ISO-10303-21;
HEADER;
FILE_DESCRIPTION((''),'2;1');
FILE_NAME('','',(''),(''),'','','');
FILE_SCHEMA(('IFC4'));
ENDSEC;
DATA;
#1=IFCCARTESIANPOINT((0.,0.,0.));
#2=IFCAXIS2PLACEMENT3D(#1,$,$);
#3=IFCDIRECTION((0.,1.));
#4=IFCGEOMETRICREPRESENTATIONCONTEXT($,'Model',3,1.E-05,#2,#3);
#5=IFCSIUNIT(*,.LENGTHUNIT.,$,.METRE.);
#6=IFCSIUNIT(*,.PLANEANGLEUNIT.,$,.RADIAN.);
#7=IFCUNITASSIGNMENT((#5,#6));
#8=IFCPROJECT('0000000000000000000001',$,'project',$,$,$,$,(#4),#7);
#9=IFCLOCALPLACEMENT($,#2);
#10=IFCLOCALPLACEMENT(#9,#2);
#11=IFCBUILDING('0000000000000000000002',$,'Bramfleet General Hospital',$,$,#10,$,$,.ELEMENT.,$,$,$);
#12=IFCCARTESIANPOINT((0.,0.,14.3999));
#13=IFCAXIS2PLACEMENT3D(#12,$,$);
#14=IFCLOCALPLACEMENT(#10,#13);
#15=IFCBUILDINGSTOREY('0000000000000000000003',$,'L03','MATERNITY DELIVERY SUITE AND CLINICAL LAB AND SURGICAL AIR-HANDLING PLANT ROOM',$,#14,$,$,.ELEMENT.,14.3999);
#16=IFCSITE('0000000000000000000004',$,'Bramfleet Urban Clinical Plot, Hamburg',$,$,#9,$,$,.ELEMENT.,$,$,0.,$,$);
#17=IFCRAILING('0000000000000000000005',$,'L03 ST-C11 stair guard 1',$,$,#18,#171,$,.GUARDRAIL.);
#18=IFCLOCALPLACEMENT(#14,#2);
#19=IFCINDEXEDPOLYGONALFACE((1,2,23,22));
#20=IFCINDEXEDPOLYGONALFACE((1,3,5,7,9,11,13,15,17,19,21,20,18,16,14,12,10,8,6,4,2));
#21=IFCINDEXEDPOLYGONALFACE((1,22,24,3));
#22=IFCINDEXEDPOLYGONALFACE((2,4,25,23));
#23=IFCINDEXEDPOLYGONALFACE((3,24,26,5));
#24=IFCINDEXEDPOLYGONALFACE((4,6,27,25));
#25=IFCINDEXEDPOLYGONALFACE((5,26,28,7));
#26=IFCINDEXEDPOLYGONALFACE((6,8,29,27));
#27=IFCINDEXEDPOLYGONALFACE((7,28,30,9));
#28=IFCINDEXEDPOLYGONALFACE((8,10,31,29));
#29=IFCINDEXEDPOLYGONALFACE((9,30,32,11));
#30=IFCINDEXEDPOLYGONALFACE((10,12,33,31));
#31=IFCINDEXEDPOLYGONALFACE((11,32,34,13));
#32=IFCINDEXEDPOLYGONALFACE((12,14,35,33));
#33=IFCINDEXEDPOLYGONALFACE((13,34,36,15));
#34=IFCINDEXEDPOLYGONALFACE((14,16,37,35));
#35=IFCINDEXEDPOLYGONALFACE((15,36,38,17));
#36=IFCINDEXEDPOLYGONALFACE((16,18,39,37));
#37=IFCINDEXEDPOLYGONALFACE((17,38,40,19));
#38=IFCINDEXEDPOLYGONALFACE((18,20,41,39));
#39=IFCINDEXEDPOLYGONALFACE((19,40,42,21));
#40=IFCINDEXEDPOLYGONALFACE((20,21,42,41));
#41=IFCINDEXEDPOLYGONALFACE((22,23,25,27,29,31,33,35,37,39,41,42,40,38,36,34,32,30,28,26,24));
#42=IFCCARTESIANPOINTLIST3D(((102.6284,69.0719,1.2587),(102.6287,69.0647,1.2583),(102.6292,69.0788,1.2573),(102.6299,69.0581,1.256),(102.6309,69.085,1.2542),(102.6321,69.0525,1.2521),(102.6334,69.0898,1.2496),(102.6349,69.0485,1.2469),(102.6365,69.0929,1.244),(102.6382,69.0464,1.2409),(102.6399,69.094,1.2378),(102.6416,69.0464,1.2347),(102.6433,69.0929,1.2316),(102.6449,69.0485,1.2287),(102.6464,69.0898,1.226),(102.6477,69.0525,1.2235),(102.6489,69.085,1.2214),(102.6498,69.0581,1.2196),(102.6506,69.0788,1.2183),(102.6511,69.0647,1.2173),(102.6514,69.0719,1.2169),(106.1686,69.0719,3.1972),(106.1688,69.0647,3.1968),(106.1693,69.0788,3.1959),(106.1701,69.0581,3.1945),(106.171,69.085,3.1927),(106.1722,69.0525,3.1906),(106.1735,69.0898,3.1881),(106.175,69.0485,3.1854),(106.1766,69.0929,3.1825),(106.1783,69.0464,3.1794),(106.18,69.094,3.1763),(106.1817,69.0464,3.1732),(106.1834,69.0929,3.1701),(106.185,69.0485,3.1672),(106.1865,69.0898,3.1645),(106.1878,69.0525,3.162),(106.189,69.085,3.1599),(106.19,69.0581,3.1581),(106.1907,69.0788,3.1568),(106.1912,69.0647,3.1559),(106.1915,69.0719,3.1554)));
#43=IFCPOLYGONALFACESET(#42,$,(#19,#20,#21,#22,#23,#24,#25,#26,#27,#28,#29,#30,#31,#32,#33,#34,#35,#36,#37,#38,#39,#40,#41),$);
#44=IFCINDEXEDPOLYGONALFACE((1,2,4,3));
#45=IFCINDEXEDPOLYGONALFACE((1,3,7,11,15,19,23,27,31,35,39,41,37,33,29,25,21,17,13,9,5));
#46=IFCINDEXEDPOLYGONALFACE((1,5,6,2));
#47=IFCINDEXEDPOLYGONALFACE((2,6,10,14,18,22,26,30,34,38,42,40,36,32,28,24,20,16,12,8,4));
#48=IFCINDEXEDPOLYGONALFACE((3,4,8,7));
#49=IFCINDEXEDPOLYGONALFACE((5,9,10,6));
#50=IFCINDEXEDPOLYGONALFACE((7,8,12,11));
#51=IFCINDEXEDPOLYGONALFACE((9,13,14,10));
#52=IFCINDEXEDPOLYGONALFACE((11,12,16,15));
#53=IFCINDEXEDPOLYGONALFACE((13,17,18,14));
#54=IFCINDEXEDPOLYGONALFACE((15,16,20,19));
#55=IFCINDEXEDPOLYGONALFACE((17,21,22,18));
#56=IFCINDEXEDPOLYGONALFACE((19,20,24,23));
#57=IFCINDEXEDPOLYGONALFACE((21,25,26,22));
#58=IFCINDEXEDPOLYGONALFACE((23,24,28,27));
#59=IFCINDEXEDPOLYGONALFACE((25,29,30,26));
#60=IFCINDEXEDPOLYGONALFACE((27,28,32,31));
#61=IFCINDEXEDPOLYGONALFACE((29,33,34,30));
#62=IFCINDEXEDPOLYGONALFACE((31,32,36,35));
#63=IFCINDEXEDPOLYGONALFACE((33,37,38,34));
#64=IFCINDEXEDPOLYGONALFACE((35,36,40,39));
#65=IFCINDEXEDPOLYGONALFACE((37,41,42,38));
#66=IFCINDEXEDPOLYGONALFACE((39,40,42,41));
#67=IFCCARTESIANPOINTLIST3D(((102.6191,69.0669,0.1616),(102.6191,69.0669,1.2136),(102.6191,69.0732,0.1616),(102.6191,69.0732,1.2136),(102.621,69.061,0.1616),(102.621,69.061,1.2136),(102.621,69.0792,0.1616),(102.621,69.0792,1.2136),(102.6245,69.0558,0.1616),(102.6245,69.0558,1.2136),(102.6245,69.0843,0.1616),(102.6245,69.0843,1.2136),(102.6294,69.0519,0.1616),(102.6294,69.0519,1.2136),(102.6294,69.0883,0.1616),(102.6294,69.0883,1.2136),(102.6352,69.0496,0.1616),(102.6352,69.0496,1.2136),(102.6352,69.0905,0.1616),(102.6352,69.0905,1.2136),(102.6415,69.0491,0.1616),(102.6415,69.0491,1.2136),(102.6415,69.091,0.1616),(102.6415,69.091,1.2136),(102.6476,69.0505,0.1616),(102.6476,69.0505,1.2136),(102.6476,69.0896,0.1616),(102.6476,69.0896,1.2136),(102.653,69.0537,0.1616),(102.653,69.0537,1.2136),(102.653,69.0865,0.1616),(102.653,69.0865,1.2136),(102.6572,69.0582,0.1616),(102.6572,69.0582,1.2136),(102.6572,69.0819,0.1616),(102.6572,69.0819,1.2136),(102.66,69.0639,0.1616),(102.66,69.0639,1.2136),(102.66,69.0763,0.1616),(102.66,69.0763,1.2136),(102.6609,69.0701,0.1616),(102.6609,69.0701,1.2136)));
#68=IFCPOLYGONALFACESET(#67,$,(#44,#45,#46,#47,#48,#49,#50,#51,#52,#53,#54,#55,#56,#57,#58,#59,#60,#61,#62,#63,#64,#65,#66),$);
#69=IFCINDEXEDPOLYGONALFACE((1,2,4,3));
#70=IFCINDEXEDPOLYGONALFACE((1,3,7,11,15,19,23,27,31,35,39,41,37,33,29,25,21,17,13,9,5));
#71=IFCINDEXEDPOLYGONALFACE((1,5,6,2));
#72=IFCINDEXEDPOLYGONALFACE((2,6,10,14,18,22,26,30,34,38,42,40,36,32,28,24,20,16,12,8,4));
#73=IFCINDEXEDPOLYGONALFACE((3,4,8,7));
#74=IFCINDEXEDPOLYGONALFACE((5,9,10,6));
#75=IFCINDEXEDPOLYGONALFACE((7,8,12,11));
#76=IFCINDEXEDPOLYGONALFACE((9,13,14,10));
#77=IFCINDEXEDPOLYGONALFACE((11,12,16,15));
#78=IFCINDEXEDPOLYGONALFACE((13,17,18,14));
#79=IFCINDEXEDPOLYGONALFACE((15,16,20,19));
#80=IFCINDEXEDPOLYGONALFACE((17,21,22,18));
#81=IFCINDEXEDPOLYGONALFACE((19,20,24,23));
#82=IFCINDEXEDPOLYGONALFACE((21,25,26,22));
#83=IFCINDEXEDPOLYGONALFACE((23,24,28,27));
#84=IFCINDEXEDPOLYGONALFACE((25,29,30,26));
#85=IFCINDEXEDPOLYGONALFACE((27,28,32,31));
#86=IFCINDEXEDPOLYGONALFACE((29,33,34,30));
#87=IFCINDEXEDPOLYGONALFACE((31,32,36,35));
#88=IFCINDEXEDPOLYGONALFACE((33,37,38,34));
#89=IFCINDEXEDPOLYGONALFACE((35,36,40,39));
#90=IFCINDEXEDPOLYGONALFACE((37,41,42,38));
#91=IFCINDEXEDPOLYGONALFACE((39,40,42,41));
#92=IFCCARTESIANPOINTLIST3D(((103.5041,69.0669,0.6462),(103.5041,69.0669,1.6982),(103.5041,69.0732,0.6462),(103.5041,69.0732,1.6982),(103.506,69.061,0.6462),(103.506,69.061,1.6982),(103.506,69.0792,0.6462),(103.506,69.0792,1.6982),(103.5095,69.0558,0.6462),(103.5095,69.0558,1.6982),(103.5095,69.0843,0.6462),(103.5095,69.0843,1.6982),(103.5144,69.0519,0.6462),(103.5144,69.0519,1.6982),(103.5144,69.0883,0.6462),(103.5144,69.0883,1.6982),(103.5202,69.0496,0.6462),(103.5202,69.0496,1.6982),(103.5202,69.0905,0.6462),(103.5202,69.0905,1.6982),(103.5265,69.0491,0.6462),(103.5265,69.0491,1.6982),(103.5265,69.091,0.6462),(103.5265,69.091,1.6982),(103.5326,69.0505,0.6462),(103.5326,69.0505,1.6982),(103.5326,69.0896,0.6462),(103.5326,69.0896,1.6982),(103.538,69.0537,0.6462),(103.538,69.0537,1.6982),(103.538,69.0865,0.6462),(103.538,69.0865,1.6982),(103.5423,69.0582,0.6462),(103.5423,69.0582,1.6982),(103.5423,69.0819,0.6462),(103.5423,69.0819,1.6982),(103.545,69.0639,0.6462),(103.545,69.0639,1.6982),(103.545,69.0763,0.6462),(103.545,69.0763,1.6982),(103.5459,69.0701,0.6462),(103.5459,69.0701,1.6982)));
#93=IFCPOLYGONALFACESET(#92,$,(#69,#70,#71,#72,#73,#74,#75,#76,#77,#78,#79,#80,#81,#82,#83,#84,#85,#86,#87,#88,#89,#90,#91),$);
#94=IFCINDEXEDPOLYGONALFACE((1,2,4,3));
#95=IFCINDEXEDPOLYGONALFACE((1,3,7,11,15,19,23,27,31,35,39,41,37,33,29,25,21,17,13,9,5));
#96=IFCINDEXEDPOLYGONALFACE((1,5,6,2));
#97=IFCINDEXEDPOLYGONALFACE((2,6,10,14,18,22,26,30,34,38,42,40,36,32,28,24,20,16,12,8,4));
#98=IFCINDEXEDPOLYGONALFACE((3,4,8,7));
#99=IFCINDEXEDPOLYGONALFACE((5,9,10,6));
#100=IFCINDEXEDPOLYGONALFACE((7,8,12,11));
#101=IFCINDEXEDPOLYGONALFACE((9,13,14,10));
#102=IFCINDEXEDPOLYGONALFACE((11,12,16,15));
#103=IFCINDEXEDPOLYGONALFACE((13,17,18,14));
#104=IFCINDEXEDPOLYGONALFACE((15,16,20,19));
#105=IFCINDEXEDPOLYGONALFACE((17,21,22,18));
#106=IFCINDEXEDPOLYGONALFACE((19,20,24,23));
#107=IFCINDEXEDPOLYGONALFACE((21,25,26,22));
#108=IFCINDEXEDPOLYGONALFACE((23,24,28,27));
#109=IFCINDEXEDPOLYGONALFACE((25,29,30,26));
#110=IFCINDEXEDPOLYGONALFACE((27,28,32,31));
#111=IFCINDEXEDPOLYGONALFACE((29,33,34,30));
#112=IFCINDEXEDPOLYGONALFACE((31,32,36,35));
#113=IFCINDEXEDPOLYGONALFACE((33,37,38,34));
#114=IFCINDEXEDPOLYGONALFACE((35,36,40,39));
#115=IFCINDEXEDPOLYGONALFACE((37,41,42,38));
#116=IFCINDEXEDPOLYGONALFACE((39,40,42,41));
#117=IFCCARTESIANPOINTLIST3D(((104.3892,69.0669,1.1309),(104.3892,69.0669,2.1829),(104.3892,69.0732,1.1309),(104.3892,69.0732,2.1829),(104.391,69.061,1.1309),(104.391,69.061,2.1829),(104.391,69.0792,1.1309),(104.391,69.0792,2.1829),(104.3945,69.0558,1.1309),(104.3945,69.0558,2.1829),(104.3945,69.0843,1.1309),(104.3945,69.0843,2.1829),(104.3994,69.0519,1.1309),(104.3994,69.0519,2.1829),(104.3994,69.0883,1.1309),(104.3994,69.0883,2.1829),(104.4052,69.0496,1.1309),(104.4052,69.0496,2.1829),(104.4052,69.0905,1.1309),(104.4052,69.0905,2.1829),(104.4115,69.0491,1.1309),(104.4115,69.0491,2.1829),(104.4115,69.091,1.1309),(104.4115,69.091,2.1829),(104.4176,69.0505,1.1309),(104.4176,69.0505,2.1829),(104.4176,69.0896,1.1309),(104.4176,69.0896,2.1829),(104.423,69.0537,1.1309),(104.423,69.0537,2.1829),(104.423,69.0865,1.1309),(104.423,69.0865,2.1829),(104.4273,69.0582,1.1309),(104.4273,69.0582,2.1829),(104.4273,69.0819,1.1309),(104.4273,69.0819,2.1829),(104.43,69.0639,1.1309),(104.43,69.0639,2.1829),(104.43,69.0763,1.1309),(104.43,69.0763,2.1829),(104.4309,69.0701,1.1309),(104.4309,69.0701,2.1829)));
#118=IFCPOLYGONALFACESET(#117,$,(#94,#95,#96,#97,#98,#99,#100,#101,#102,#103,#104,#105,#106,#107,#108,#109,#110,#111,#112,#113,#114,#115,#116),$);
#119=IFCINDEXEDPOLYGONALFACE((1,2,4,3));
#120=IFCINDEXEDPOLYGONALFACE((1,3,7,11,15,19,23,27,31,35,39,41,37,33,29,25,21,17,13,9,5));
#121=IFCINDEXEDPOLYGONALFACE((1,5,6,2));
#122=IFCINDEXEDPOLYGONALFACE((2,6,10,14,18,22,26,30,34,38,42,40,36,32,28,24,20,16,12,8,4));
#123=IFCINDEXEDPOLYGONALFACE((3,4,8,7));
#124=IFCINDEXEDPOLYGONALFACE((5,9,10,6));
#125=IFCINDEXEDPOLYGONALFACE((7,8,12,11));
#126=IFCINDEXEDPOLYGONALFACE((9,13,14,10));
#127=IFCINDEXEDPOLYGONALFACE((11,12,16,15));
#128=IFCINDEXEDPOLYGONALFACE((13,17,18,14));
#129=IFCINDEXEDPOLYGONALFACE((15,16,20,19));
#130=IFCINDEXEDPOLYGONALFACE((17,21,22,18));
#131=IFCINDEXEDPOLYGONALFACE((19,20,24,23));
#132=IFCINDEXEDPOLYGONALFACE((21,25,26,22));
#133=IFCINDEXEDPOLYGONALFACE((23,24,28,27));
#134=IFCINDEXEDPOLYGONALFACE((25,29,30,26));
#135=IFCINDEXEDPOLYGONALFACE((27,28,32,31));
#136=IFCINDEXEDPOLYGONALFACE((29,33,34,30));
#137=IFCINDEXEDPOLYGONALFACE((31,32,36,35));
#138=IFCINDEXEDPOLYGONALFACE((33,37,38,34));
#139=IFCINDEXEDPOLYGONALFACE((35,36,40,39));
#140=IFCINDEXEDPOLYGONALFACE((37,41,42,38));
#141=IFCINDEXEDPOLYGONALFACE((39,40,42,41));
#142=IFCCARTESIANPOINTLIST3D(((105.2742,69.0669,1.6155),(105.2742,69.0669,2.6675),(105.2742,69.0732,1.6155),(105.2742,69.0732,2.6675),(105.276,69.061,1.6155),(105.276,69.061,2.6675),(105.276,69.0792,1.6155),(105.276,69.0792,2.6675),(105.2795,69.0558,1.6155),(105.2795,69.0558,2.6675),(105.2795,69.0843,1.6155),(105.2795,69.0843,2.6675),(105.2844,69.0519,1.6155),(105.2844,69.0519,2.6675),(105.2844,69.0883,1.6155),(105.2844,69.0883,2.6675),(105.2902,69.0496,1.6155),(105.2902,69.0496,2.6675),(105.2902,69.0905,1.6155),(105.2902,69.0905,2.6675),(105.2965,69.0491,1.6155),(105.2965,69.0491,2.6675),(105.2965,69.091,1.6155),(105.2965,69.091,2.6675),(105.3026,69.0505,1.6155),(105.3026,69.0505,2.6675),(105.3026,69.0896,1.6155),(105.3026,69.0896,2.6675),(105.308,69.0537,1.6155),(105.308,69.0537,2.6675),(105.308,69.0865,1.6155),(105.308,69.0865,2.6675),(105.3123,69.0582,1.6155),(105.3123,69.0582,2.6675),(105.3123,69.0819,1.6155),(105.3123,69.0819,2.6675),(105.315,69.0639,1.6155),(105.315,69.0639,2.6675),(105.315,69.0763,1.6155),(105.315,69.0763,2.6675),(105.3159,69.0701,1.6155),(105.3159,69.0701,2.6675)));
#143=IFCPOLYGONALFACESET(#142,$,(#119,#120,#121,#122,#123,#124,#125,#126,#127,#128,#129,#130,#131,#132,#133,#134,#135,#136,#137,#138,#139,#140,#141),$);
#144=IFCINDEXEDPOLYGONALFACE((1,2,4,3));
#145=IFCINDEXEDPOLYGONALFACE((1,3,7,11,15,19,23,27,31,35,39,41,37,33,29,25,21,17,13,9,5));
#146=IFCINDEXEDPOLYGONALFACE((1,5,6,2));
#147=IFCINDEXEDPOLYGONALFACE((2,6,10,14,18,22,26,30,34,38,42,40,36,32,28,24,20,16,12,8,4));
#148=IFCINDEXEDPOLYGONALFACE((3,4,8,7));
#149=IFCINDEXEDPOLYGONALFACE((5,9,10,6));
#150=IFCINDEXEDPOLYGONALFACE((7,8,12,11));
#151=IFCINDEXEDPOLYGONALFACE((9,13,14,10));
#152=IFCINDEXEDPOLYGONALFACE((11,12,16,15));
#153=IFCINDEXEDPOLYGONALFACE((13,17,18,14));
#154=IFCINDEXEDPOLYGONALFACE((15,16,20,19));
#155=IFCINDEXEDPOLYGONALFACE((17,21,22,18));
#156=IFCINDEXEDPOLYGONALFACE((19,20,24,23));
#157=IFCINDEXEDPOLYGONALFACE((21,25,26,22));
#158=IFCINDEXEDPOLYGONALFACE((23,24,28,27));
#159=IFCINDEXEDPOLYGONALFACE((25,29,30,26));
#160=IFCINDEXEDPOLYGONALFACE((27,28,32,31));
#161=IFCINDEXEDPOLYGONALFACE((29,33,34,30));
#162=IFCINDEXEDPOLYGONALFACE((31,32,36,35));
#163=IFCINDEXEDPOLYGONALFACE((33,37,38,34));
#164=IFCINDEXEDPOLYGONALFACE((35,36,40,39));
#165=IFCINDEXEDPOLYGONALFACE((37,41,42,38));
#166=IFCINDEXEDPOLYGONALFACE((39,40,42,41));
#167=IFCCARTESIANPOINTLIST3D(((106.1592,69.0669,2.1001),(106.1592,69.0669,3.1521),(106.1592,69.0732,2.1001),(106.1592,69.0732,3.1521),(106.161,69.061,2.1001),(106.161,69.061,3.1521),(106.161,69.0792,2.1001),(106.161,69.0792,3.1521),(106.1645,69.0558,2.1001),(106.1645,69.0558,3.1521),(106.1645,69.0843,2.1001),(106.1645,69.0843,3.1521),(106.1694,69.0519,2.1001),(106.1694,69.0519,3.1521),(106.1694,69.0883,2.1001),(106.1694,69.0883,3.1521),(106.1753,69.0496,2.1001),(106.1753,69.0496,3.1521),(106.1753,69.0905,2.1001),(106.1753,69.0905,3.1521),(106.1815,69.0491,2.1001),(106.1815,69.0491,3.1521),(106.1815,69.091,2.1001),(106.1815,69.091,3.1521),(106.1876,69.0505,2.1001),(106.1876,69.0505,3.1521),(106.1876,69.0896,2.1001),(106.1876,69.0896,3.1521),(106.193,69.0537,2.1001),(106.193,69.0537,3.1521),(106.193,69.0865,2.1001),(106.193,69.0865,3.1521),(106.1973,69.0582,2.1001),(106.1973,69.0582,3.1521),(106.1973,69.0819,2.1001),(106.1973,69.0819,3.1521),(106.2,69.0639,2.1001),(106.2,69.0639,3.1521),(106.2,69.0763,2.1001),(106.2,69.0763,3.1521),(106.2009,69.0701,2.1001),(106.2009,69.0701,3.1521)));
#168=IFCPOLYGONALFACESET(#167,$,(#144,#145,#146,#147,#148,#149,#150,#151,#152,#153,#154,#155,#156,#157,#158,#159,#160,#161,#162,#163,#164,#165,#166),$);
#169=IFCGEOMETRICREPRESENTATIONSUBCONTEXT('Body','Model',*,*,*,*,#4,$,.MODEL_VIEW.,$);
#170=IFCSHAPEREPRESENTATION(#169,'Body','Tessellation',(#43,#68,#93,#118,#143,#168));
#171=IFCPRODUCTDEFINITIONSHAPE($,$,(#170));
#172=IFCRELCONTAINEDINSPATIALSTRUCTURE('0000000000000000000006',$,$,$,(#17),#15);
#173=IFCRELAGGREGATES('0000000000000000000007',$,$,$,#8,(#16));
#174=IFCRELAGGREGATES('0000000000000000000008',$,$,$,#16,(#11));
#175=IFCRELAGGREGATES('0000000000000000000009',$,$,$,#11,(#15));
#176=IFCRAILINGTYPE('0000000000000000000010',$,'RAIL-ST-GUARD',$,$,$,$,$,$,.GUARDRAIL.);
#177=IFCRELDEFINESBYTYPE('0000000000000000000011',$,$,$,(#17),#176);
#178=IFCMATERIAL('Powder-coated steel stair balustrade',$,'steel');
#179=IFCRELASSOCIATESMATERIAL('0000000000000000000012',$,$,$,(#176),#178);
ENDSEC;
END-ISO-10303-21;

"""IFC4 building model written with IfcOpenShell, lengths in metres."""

from ifc_helpers import new_model, si_unit, direction, frame, origin, origin_2d, place, context, subcontext, project, spatial, circle, extrude, material, type_object, element, save


model = new_model("IFC4")

# Units and contexts
model_context = context("Model", 3, precision=1e-05, world=origin(), true_north=direction((0.0, 1.0)))
body_context = subcontext(model_context, "Body", "Model", "MODEL_VIEW")
ifc_project = project(units=[si_unit("LENGTHUNIT", "METRE"), si_unit("PLANEANGLEUNIT", "RADIAN")], contexts=[model_context])

# Site, building, storey
site_placement = place(None, origin())
site = spatial("IfcSite", under=ifc_project, at=site_placement, Name="Bramfleet Urban Clinical Plot, Hamburg", CompositionType="ELEMENT", RefElevation=0.0)
building_placement = place(site_placement, origin())
building = spatial("IfcBuilding", under=site, at=building_placement, Name="Bramfleet General Hospital", CompositionType="ELEMENT")
storey_placement = place(building_placement, frame((0.0, 0.0, 14.3999)))
storey = spatial("IfcBuildingStorey", under=building, at=storey_placement, Name="L03", Description="MATERNITY DELIVERY SUITE AND CLINICAL LAB AND SURGICAL AIR-HANDLING PLANT ROOM", CompositionType="ELEMENT", Elevation=14.3999)

# Railing
ifc_material_1 = material(Name="Powder-coated steel stair balustrade", Category="steel")
railing_type_1 = type_object("IfcRailingType", Name="RAIL-ST-GUARD", PredefinedType="GUARDRAIL", material=ifc_material_1)
railing_1_placement = place(storey_placement, frame((102.6399, 69.0701, 0.1616)))
element("IfcRailing", 1, at=railing_1_placement, inside=storey, type_object=railing_type_1, Name="L03 ST-C11 stair guard 1", PredefinedType="GUARDRAIL", context=body_context, shape_type="SweptSolid", body=[
    extrude(circle(Radius=0.0239, at=origin_2d()), frame((0.0, 0.0, 1.0762), z_axis=(0.877108, 0.0, 0.480292), x_axis=(0.0, 1.0, 0.0)), (0.0, 0.0, 1.0), 4.0361),
    extrude(circle(Radius=0.021, at=origin_2d()), origin(), (0.0, 0.0, 1.0), 1.052),
    extrude(circle(Radius=0.021, at=origin_2d()), frame((0.885, 0.0, 0.4846)), (0.0, 0.0, 1.0), 1.052),
    extrude(circle(Radius=0.021, at=origin_2d()), frame((1.77, 0.0, 0.9692)), (0.0, 0.0, 1.0), 1.052),
    extrude(circle(Radius=0.021, at=origin_2d()), frame((2.655, 0.0, 1.4539)), (0.0, 0.0, 1.0), 1.052),
    extrude(circle(Radius=0.021, at=origin_2d()), frame((3.54, 0.0, 1.9385)), (0.0, 0.0, 1.0), 1.052),
])

save(model, "model.ifc")
